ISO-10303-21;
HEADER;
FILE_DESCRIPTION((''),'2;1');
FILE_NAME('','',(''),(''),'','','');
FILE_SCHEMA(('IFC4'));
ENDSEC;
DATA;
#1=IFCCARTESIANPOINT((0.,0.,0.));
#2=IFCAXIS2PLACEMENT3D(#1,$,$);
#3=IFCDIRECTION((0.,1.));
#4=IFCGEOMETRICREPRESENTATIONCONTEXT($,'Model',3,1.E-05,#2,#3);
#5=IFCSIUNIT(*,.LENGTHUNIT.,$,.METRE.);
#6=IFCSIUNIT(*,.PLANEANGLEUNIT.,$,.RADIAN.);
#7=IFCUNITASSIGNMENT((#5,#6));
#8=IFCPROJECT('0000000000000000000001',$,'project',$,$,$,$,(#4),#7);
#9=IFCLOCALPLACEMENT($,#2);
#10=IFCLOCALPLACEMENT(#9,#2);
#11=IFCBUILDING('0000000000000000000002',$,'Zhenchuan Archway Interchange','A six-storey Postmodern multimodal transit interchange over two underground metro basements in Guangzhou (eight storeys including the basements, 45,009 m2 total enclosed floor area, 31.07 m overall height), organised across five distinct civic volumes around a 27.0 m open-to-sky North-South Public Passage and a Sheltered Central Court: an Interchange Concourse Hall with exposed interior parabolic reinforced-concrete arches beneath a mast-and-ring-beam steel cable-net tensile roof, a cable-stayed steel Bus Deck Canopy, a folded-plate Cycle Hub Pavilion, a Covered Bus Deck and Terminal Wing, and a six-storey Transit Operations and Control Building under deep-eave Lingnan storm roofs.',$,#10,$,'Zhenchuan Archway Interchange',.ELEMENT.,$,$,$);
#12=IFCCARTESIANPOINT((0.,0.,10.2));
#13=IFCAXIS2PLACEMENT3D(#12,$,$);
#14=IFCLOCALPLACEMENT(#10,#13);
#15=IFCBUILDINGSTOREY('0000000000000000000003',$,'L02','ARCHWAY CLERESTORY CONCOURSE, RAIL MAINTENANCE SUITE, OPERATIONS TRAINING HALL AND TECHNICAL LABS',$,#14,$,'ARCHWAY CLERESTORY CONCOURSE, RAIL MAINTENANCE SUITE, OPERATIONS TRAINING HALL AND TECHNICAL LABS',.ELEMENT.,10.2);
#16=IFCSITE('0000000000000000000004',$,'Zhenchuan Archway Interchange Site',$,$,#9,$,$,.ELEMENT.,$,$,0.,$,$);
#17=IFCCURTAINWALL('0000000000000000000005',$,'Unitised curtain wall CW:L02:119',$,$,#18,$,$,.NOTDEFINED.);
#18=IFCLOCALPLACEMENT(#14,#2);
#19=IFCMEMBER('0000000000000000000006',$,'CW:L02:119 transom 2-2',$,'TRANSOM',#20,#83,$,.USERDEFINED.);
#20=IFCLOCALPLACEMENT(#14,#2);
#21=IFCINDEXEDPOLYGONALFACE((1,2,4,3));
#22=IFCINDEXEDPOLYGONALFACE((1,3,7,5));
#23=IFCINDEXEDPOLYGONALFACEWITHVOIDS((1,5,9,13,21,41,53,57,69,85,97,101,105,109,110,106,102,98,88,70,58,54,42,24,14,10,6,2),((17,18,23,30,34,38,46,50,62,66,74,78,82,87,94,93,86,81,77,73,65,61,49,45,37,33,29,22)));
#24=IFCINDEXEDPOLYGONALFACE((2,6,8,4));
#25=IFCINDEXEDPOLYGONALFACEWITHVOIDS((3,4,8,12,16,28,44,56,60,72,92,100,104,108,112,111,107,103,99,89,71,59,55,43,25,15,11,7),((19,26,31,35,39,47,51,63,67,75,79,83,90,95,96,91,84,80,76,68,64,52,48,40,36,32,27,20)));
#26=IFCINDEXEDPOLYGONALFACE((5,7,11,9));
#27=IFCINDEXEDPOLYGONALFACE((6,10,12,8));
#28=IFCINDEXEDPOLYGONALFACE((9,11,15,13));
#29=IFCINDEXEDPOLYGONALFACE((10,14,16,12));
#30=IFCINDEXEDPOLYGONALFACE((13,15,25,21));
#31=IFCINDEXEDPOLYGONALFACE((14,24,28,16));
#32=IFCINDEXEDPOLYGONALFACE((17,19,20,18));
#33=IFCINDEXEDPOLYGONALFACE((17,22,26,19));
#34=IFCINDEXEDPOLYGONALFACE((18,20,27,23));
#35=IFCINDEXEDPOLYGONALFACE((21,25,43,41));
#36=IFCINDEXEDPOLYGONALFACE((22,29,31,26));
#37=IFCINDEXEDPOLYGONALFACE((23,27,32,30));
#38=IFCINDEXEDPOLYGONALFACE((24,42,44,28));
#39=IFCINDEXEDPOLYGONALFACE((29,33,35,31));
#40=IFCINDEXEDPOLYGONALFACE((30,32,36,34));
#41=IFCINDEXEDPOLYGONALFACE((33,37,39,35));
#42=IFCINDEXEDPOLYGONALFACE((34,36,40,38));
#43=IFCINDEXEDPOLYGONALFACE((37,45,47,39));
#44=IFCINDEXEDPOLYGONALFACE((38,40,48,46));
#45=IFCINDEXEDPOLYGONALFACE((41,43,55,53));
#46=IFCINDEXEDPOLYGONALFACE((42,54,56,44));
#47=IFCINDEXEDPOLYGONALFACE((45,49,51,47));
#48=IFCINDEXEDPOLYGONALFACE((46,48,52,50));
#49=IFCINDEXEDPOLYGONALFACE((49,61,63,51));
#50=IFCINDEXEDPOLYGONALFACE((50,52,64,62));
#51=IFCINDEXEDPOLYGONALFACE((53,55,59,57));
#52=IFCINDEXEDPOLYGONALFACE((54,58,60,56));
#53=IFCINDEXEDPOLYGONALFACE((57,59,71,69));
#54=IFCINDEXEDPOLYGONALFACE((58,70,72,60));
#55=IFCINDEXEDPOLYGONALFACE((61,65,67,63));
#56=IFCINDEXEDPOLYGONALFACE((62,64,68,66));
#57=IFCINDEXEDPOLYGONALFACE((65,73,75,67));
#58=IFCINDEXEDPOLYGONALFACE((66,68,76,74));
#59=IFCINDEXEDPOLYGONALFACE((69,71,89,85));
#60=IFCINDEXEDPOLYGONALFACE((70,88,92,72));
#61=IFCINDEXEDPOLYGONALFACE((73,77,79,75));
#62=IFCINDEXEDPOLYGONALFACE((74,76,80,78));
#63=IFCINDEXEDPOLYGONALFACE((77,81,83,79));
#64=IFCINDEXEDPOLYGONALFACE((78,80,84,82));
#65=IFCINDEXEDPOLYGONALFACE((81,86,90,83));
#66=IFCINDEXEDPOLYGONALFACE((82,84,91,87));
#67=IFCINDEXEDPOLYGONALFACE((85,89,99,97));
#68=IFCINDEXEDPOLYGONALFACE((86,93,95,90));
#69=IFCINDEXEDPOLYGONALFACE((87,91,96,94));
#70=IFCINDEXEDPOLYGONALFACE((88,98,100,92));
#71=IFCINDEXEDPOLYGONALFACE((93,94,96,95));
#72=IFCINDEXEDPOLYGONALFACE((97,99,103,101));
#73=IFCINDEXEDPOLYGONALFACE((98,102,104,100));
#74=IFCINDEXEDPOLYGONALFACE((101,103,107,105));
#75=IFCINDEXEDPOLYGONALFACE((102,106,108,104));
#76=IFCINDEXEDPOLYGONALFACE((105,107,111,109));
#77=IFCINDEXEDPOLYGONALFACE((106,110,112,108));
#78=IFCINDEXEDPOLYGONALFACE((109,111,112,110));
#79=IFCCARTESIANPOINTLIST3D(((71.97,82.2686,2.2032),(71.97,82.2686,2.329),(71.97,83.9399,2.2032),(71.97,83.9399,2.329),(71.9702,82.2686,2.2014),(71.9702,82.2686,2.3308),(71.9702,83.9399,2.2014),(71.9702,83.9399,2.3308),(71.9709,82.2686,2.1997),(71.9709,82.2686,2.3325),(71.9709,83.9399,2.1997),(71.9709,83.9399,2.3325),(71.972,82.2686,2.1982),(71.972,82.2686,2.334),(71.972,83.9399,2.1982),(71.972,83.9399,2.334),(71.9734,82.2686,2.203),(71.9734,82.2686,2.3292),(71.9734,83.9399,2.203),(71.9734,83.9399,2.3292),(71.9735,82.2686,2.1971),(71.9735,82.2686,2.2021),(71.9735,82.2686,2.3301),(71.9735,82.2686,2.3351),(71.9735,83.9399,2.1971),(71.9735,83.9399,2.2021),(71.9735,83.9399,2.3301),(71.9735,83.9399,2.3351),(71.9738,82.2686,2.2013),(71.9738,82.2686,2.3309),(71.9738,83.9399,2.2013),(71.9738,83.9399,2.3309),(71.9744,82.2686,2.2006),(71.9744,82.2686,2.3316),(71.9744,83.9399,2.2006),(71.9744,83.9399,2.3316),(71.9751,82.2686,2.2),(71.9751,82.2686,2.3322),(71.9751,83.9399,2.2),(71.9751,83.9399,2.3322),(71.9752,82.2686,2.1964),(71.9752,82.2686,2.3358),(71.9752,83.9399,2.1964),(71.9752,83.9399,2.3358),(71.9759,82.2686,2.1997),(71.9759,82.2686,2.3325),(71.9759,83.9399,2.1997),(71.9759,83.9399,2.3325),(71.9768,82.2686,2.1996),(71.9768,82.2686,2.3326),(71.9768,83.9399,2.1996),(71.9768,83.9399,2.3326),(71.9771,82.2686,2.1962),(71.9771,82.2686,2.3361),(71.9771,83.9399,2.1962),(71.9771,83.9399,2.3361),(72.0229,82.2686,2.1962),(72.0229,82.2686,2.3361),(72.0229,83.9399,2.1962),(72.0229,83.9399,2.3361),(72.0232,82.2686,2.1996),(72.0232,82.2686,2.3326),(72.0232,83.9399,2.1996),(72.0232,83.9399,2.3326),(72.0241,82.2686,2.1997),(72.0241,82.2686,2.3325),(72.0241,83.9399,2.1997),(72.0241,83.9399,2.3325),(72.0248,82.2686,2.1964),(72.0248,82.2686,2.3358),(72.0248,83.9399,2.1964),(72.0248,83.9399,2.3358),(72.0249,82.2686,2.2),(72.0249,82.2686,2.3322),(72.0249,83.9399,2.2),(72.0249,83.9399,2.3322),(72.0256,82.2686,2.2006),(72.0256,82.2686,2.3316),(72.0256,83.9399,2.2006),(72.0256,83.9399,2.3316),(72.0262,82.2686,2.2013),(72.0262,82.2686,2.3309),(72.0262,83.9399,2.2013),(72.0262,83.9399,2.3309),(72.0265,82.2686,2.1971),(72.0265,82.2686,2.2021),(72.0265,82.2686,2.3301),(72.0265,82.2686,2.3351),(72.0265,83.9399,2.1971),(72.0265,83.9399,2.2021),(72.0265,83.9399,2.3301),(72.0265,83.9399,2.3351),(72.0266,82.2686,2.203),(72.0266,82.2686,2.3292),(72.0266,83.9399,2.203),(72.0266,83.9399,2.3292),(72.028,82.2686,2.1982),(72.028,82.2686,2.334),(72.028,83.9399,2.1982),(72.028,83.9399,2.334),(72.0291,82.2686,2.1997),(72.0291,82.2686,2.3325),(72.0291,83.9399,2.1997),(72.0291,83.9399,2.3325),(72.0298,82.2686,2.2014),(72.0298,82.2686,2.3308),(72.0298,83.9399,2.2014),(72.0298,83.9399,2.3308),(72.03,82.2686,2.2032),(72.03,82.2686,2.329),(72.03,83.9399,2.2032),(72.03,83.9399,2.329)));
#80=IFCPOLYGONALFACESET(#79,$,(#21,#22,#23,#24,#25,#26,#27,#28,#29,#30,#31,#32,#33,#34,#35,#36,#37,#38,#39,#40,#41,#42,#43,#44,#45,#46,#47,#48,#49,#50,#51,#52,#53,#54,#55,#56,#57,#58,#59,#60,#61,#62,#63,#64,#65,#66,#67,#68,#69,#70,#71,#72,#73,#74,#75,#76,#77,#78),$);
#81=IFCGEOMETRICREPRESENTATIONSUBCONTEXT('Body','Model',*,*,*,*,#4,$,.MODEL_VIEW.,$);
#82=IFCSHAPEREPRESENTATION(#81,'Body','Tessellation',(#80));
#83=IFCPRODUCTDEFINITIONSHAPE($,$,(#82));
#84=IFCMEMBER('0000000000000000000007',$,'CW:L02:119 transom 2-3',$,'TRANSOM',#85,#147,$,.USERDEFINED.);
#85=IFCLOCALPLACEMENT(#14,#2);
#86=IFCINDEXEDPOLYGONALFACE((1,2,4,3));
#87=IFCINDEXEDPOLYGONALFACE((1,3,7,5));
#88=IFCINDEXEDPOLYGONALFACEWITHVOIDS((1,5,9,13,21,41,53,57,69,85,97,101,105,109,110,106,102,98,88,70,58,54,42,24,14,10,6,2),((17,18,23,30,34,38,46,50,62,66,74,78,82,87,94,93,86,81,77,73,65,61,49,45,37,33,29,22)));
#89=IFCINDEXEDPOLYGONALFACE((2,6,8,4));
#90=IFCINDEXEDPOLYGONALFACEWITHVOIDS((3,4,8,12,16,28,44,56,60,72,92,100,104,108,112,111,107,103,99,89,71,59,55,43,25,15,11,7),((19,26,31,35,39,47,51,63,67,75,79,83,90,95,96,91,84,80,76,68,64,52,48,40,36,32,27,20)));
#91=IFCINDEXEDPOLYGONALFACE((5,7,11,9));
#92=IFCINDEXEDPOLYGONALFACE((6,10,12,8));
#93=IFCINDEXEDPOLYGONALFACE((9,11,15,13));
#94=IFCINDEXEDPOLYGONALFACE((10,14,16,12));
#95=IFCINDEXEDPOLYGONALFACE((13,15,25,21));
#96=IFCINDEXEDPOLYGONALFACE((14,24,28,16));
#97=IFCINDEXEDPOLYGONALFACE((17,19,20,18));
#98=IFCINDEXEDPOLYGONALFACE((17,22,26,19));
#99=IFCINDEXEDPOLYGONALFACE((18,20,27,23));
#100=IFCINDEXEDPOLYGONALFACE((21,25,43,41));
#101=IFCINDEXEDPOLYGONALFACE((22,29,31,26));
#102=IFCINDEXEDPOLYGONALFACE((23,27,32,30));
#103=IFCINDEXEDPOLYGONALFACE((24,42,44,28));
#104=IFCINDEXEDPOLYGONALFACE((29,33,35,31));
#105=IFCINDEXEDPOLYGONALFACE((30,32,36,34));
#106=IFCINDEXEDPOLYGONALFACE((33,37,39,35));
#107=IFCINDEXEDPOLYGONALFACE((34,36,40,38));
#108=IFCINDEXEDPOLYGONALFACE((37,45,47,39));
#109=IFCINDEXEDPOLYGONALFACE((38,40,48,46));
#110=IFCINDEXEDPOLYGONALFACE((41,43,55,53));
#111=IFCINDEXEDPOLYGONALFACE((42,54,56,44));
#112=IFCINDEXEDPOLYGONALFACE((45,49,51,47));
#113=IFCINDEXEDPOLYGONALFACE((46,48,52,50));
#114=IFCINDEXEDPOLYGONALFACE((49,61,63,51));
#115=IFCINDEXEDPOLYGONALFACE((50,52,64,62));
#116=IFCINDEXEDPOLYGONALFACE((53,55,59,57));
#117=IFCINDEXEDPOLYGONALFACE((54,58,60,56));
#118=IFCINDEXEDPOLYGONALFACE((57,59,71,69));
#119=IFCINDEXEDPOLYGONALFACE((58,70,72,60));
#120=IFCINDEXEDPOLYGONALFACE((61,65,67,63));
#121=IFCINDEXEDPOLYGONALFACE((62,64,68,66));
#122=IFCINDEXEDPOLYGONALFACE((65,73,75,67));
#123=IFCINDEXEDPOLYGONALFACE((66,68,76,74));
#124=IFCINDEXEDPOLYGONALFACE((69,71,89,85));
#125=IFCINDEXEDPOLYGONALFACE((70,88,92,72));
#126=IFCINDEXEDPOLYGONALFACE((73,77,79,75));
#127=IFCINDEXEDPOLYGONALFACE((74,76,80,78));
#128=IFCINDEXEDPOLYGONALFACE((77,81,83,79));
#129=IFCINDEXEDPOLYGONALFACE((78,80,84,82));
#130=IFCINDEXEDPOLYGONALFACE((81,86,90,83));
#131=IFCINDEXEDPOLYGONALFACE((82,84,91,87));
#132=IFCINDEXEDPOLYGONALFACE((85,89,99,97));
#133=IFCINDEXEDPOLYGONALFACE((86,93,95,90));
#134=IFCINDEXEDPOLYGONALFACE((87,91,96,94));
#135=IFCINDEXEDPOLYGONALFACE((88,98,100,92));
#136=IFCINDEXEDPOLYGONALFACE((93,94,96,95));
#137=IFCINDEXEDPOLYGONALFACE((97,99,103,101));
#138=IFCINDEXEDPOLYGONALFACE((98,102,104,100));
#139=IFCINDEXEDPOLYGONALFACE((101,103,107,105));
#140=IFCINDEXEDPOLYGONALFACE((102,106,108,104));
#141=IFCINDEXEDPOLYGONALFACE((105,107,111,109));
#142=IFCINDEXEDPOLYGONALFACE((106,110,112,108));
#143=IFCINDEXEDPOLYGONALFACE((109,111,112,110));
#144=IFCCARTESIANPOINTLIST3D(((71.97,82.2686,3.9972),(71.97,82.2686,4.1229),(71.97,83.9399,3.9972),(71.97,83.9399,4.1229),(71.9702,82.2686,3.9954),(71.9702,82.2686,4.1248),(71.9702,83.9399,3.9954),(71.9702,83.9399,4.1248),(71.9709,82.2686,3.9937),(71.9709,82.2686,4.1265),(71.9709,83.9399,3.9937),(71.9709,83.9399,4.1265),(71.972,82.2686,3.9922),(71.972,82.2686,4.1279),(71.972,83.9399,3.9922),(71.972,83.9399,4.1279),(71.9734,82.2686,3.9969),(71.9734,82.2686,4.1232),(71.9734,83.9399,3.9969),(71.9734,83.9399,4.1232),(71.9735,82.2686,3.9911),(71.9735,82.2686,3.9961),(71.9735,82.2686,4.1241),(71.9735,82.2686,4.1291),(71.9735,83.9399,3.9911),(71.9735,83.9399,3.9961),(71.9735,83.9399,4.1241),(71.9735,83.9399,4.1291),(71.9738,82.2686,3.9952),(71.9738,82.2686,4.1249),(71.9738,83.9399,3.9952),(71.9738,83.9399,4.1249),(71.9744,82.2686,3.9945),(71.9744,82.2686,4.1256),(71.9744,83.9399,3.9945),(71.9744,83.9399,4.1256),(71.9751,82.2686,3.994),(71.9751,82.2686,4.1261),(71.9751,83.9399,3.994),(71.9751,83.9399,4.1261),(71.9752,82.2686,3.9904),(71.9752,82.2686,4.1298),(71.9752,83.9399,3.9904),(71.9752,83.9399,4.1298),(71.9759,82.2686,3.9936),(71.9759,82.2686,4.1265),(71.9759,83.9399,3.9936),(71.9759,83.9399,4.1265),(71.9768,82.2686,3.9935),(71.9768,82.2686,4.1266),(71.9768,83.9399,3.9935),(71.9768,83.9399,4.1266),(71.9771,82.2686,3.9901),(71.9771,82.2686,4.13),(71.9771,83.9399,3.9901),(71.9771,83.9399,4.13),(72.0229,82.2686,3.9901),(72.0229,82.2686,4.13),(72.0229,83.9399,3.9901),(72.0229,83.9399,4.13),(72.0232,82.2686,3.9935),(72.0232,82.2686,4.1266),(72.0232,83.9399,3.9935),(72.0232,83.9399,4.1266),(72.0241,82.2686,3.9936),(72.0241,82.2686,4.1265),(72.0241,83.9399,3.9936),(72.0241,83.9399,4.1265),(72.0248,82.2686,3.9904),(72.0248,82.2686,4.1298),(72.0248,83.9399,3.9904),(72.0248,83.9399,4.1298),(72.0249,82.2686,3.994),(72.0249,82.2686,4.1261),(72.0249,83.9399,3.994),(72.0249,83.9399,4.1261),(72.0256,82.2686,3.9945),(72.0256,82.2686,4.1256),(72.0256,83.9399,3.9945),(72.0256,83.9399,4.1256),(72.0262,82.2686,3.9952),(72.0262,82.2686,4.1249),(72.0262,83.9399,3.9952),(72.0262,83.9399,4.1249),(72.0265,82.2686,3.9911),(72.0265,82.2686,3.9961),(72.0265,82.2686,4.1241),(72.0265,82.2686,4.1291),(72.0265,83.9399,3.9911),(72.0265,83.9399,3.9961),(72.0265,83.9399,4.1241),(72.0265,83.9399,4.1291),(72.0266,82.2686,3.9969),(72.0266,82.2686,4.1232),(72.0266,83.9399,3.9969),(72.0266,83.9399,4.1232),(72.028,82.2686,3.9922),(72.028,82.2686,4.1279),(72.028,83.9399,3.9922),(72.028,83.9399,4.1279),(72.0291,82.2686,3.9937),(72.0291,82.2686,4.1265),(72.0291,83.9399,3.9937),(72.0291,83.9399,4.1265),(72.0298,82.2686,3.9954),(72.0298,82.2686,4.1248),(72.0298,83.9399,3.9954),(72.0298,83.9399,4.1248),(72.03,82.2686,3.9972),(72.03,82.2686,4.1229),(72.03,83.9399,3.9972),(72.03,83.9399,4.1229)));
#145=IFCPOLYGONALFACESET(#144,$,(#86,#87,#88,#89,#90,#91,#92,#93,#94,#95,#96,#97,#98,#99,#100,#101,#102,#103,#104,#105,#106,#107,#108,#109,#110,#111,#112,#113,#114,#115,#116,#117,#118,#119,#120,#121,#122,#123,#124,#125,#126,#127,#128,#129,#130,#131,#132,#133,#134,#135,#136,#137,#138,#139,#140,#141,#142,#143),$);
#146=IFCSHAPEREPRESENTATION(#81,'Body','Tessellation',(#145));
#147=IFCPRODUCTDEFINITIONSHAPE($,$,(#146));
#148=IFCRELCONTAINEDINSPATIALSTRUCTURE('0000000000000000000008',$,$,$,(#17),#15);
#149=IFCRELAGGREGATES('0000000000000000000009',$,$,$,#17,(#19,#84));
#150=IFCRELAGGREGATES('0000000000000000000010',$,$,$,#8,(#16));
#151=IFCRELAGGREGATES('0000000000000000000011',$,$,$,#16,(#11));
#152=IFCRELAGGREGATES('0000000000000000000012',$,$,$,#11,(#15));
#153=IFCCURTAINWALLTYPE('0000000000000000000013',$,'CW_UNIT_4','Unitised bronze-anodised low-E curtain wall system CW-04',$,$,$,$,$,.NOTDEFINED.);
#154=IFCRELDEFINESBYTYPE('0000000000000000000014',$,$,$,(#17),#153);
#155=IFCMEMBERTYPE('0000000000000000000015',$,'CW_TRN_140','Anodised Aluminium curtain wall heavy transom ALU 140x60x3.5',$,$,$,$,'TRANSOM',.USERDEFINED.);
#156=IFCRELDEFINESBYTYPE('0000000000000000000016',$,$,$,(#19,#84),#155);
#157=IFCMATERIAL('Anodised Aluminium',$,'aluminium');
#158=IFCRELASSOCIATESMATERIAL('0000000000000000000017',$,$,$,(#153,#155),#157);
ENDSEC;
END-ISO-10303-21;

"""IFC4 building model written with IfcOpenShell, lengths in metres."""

from ifc_helpers import new_model, si_unit, direction, frame, origin, origin_2d, place, context, subcontext, project, spatial, hollow_rectangle, extrude, material, material_profile, profile_set, type_object, element, aggregate, save


model = new_model("IFC4")

# Units and contexts
model_context = context("Model", 3, precision=1e-05, world=origin(), true_north=direction((0.0, 1.0)))
body_context = subcontext(model_context, "Body", "Model", "MODEL_VIEW")
ifc_project = project(units=[si_unit("LENGTHUNIT", "METRE"), si_unit("PLANEANGLEUNIT", "RADIAN")], contexts=[model_context])

# Site, building, storey
site_placement = place(None, origin())
site = spatial("IfcSite", under=ifc_project, at=site_placement, Name="Zhenchuan Archway Interchange Site", CompositionType="ELEMENT", RefElevation=0.0)
building_placement = place(site_placement, origin())
building = spatial("IfcBuilding", under=site, at=building_placement, Name="Zhenchuan Archway Interchange", Description="A six-storey Postmodern multimodal transit interchange over two underground metro basements in Guangzhou (eight storeys including the basements, 45,009 m2 total enclosed floor area, 31.07 m overall height), organised across five distinct civic volumes around a 27.0 m open-to-sky North-South Public Passage and a Sheltered Central Court: an Interchange Concourse Hall with exposed interior parabolic reinforced-concrete arches beneath a mast-and-ring-beam steel cable-net tensile roof, a cable-stayed steel Bus Deck Canopy, a folded-plate Cycle Hub Pavilion, a Covered Bus Deck and Terminal Wing, and a six-storey Transit Operations and Control Building under deep-eave Lingnan storm roofs.", LongName="Zhenchuan Archway Interchange", CompositionType="ELEMENT")
storey_placement = place(building_placement, frame((0.0, 0.0, 10.2)))
storey = spatial("IfcBuildingStorey", under=building, at=storey_placement, Name="L02", Description="ARCHWAY CLERESTORY CONCOURSE, RAIL MAINTENANCE SUITE, OPERATIONS TRAINING HALL AND TECHNICAL LABS", LongName="ARCHWAY CLERESTORY CONCOURSE, RAIL MAINTENANCE SUITE, OPERATIONS TRAINING HALL AND TECHNICAL LABS", CompositionType="ELEMENT", Elevation=10.2)

# Curtain wall, members
ifc_material_1 = material(Name="Anodised Aluminium", Category="aluminium")
curtain_wall_type = type_object("IfcCurtainWallType", Name="CW_UNIT_4", Description="Unitised bronze-anodised low-E curtain wall system CW-04", PredefinedType="NOTDEFINED", material=ifc_material_1)
curtain_wall_placement = place(storey_placement, origin())
curtain_wall = element("IfcCurtainWall", 1, at=curtain_wall_placement, inside=storey, type_object=curtain_wall_type, Name="Unitised curtain wall CW:L02:119", PredefinedType="NOTDEFINED")
ifc_material_profile_1 = material_profile(ifc_material_1, hollow_rectangle(XDim=0.0601, YDim=0.1399, WallThickness=0.0034, InnerFilletRadius=0.0034, OuterFilletRadius=0.0071, at=origin_2d()), Name="ALU 140x60x3.5")
ifc_profile_set_1 = profile_set([ifc_material_profile_1], Name="Anodised Aluminium")
member_type_1 = type_object("IfcMemberType", Name="CW_TRN_140", Description="Anodised Aluminium curtain wall heavy transom ALU 140x60x3.5", ElementType="TRANSOM", PredefinedType="USERDEFINED", material=ifc_profile_set_1)
member_1_placement = place(storey_placement, frame((72.0, 83.9399, 2.2661), z_axis=(0.0, -1.0, 0.0), x_axis=(1.0, 0.0, 0.0)))
member_1 = element("IfcMember", 2, at=member_1_placement, type_object=member_type_1, Name="CW:L02:119 transom 2-2", ObjectType="TRANSOM", PredefinedType="USERDEFINED", context=body_context, shape_type="SweptSolid", body=[
    extrude(hollow_rectangle(XDim=0.0601, YDim=0.1399, WallThickness=0.0034, InnerFilletRadius=0.0034, OuterFilletRadius=0.0071, at=origin_2d()), origin(), (0.0, 0.0, 1.0), 1.6714),
])
member_2_placement = place(storey_placement, frame((72.0, 83.9399, 4.0601), z_axis=(0.0, -1.0, 0.0), x_axis=(1.0, 0.0, 0.0)))
member_2 = element("IfcMember", 3, at=member_2_placement, type_object=member_type_1, Name="CW:L02:119 transom 2-3", ObjectType="TRANSOM", PredefinedType="USERDEFINED", context=body_context, shape_type="SweptSolid", body=[
    extrude(hollow_rectangle(XDim=0.0601, YDim=0.1399, WallThickness=0.0034, InnerFilletRadius=0.0034, OuterFilletRadius=0.0071, at=origin_2d()), origin(), (0.0, 0.0, 1.0), 1.6714),
])
aggregate(curtain_wall, [member_1, member_2])

save(model, "model.ifc")
